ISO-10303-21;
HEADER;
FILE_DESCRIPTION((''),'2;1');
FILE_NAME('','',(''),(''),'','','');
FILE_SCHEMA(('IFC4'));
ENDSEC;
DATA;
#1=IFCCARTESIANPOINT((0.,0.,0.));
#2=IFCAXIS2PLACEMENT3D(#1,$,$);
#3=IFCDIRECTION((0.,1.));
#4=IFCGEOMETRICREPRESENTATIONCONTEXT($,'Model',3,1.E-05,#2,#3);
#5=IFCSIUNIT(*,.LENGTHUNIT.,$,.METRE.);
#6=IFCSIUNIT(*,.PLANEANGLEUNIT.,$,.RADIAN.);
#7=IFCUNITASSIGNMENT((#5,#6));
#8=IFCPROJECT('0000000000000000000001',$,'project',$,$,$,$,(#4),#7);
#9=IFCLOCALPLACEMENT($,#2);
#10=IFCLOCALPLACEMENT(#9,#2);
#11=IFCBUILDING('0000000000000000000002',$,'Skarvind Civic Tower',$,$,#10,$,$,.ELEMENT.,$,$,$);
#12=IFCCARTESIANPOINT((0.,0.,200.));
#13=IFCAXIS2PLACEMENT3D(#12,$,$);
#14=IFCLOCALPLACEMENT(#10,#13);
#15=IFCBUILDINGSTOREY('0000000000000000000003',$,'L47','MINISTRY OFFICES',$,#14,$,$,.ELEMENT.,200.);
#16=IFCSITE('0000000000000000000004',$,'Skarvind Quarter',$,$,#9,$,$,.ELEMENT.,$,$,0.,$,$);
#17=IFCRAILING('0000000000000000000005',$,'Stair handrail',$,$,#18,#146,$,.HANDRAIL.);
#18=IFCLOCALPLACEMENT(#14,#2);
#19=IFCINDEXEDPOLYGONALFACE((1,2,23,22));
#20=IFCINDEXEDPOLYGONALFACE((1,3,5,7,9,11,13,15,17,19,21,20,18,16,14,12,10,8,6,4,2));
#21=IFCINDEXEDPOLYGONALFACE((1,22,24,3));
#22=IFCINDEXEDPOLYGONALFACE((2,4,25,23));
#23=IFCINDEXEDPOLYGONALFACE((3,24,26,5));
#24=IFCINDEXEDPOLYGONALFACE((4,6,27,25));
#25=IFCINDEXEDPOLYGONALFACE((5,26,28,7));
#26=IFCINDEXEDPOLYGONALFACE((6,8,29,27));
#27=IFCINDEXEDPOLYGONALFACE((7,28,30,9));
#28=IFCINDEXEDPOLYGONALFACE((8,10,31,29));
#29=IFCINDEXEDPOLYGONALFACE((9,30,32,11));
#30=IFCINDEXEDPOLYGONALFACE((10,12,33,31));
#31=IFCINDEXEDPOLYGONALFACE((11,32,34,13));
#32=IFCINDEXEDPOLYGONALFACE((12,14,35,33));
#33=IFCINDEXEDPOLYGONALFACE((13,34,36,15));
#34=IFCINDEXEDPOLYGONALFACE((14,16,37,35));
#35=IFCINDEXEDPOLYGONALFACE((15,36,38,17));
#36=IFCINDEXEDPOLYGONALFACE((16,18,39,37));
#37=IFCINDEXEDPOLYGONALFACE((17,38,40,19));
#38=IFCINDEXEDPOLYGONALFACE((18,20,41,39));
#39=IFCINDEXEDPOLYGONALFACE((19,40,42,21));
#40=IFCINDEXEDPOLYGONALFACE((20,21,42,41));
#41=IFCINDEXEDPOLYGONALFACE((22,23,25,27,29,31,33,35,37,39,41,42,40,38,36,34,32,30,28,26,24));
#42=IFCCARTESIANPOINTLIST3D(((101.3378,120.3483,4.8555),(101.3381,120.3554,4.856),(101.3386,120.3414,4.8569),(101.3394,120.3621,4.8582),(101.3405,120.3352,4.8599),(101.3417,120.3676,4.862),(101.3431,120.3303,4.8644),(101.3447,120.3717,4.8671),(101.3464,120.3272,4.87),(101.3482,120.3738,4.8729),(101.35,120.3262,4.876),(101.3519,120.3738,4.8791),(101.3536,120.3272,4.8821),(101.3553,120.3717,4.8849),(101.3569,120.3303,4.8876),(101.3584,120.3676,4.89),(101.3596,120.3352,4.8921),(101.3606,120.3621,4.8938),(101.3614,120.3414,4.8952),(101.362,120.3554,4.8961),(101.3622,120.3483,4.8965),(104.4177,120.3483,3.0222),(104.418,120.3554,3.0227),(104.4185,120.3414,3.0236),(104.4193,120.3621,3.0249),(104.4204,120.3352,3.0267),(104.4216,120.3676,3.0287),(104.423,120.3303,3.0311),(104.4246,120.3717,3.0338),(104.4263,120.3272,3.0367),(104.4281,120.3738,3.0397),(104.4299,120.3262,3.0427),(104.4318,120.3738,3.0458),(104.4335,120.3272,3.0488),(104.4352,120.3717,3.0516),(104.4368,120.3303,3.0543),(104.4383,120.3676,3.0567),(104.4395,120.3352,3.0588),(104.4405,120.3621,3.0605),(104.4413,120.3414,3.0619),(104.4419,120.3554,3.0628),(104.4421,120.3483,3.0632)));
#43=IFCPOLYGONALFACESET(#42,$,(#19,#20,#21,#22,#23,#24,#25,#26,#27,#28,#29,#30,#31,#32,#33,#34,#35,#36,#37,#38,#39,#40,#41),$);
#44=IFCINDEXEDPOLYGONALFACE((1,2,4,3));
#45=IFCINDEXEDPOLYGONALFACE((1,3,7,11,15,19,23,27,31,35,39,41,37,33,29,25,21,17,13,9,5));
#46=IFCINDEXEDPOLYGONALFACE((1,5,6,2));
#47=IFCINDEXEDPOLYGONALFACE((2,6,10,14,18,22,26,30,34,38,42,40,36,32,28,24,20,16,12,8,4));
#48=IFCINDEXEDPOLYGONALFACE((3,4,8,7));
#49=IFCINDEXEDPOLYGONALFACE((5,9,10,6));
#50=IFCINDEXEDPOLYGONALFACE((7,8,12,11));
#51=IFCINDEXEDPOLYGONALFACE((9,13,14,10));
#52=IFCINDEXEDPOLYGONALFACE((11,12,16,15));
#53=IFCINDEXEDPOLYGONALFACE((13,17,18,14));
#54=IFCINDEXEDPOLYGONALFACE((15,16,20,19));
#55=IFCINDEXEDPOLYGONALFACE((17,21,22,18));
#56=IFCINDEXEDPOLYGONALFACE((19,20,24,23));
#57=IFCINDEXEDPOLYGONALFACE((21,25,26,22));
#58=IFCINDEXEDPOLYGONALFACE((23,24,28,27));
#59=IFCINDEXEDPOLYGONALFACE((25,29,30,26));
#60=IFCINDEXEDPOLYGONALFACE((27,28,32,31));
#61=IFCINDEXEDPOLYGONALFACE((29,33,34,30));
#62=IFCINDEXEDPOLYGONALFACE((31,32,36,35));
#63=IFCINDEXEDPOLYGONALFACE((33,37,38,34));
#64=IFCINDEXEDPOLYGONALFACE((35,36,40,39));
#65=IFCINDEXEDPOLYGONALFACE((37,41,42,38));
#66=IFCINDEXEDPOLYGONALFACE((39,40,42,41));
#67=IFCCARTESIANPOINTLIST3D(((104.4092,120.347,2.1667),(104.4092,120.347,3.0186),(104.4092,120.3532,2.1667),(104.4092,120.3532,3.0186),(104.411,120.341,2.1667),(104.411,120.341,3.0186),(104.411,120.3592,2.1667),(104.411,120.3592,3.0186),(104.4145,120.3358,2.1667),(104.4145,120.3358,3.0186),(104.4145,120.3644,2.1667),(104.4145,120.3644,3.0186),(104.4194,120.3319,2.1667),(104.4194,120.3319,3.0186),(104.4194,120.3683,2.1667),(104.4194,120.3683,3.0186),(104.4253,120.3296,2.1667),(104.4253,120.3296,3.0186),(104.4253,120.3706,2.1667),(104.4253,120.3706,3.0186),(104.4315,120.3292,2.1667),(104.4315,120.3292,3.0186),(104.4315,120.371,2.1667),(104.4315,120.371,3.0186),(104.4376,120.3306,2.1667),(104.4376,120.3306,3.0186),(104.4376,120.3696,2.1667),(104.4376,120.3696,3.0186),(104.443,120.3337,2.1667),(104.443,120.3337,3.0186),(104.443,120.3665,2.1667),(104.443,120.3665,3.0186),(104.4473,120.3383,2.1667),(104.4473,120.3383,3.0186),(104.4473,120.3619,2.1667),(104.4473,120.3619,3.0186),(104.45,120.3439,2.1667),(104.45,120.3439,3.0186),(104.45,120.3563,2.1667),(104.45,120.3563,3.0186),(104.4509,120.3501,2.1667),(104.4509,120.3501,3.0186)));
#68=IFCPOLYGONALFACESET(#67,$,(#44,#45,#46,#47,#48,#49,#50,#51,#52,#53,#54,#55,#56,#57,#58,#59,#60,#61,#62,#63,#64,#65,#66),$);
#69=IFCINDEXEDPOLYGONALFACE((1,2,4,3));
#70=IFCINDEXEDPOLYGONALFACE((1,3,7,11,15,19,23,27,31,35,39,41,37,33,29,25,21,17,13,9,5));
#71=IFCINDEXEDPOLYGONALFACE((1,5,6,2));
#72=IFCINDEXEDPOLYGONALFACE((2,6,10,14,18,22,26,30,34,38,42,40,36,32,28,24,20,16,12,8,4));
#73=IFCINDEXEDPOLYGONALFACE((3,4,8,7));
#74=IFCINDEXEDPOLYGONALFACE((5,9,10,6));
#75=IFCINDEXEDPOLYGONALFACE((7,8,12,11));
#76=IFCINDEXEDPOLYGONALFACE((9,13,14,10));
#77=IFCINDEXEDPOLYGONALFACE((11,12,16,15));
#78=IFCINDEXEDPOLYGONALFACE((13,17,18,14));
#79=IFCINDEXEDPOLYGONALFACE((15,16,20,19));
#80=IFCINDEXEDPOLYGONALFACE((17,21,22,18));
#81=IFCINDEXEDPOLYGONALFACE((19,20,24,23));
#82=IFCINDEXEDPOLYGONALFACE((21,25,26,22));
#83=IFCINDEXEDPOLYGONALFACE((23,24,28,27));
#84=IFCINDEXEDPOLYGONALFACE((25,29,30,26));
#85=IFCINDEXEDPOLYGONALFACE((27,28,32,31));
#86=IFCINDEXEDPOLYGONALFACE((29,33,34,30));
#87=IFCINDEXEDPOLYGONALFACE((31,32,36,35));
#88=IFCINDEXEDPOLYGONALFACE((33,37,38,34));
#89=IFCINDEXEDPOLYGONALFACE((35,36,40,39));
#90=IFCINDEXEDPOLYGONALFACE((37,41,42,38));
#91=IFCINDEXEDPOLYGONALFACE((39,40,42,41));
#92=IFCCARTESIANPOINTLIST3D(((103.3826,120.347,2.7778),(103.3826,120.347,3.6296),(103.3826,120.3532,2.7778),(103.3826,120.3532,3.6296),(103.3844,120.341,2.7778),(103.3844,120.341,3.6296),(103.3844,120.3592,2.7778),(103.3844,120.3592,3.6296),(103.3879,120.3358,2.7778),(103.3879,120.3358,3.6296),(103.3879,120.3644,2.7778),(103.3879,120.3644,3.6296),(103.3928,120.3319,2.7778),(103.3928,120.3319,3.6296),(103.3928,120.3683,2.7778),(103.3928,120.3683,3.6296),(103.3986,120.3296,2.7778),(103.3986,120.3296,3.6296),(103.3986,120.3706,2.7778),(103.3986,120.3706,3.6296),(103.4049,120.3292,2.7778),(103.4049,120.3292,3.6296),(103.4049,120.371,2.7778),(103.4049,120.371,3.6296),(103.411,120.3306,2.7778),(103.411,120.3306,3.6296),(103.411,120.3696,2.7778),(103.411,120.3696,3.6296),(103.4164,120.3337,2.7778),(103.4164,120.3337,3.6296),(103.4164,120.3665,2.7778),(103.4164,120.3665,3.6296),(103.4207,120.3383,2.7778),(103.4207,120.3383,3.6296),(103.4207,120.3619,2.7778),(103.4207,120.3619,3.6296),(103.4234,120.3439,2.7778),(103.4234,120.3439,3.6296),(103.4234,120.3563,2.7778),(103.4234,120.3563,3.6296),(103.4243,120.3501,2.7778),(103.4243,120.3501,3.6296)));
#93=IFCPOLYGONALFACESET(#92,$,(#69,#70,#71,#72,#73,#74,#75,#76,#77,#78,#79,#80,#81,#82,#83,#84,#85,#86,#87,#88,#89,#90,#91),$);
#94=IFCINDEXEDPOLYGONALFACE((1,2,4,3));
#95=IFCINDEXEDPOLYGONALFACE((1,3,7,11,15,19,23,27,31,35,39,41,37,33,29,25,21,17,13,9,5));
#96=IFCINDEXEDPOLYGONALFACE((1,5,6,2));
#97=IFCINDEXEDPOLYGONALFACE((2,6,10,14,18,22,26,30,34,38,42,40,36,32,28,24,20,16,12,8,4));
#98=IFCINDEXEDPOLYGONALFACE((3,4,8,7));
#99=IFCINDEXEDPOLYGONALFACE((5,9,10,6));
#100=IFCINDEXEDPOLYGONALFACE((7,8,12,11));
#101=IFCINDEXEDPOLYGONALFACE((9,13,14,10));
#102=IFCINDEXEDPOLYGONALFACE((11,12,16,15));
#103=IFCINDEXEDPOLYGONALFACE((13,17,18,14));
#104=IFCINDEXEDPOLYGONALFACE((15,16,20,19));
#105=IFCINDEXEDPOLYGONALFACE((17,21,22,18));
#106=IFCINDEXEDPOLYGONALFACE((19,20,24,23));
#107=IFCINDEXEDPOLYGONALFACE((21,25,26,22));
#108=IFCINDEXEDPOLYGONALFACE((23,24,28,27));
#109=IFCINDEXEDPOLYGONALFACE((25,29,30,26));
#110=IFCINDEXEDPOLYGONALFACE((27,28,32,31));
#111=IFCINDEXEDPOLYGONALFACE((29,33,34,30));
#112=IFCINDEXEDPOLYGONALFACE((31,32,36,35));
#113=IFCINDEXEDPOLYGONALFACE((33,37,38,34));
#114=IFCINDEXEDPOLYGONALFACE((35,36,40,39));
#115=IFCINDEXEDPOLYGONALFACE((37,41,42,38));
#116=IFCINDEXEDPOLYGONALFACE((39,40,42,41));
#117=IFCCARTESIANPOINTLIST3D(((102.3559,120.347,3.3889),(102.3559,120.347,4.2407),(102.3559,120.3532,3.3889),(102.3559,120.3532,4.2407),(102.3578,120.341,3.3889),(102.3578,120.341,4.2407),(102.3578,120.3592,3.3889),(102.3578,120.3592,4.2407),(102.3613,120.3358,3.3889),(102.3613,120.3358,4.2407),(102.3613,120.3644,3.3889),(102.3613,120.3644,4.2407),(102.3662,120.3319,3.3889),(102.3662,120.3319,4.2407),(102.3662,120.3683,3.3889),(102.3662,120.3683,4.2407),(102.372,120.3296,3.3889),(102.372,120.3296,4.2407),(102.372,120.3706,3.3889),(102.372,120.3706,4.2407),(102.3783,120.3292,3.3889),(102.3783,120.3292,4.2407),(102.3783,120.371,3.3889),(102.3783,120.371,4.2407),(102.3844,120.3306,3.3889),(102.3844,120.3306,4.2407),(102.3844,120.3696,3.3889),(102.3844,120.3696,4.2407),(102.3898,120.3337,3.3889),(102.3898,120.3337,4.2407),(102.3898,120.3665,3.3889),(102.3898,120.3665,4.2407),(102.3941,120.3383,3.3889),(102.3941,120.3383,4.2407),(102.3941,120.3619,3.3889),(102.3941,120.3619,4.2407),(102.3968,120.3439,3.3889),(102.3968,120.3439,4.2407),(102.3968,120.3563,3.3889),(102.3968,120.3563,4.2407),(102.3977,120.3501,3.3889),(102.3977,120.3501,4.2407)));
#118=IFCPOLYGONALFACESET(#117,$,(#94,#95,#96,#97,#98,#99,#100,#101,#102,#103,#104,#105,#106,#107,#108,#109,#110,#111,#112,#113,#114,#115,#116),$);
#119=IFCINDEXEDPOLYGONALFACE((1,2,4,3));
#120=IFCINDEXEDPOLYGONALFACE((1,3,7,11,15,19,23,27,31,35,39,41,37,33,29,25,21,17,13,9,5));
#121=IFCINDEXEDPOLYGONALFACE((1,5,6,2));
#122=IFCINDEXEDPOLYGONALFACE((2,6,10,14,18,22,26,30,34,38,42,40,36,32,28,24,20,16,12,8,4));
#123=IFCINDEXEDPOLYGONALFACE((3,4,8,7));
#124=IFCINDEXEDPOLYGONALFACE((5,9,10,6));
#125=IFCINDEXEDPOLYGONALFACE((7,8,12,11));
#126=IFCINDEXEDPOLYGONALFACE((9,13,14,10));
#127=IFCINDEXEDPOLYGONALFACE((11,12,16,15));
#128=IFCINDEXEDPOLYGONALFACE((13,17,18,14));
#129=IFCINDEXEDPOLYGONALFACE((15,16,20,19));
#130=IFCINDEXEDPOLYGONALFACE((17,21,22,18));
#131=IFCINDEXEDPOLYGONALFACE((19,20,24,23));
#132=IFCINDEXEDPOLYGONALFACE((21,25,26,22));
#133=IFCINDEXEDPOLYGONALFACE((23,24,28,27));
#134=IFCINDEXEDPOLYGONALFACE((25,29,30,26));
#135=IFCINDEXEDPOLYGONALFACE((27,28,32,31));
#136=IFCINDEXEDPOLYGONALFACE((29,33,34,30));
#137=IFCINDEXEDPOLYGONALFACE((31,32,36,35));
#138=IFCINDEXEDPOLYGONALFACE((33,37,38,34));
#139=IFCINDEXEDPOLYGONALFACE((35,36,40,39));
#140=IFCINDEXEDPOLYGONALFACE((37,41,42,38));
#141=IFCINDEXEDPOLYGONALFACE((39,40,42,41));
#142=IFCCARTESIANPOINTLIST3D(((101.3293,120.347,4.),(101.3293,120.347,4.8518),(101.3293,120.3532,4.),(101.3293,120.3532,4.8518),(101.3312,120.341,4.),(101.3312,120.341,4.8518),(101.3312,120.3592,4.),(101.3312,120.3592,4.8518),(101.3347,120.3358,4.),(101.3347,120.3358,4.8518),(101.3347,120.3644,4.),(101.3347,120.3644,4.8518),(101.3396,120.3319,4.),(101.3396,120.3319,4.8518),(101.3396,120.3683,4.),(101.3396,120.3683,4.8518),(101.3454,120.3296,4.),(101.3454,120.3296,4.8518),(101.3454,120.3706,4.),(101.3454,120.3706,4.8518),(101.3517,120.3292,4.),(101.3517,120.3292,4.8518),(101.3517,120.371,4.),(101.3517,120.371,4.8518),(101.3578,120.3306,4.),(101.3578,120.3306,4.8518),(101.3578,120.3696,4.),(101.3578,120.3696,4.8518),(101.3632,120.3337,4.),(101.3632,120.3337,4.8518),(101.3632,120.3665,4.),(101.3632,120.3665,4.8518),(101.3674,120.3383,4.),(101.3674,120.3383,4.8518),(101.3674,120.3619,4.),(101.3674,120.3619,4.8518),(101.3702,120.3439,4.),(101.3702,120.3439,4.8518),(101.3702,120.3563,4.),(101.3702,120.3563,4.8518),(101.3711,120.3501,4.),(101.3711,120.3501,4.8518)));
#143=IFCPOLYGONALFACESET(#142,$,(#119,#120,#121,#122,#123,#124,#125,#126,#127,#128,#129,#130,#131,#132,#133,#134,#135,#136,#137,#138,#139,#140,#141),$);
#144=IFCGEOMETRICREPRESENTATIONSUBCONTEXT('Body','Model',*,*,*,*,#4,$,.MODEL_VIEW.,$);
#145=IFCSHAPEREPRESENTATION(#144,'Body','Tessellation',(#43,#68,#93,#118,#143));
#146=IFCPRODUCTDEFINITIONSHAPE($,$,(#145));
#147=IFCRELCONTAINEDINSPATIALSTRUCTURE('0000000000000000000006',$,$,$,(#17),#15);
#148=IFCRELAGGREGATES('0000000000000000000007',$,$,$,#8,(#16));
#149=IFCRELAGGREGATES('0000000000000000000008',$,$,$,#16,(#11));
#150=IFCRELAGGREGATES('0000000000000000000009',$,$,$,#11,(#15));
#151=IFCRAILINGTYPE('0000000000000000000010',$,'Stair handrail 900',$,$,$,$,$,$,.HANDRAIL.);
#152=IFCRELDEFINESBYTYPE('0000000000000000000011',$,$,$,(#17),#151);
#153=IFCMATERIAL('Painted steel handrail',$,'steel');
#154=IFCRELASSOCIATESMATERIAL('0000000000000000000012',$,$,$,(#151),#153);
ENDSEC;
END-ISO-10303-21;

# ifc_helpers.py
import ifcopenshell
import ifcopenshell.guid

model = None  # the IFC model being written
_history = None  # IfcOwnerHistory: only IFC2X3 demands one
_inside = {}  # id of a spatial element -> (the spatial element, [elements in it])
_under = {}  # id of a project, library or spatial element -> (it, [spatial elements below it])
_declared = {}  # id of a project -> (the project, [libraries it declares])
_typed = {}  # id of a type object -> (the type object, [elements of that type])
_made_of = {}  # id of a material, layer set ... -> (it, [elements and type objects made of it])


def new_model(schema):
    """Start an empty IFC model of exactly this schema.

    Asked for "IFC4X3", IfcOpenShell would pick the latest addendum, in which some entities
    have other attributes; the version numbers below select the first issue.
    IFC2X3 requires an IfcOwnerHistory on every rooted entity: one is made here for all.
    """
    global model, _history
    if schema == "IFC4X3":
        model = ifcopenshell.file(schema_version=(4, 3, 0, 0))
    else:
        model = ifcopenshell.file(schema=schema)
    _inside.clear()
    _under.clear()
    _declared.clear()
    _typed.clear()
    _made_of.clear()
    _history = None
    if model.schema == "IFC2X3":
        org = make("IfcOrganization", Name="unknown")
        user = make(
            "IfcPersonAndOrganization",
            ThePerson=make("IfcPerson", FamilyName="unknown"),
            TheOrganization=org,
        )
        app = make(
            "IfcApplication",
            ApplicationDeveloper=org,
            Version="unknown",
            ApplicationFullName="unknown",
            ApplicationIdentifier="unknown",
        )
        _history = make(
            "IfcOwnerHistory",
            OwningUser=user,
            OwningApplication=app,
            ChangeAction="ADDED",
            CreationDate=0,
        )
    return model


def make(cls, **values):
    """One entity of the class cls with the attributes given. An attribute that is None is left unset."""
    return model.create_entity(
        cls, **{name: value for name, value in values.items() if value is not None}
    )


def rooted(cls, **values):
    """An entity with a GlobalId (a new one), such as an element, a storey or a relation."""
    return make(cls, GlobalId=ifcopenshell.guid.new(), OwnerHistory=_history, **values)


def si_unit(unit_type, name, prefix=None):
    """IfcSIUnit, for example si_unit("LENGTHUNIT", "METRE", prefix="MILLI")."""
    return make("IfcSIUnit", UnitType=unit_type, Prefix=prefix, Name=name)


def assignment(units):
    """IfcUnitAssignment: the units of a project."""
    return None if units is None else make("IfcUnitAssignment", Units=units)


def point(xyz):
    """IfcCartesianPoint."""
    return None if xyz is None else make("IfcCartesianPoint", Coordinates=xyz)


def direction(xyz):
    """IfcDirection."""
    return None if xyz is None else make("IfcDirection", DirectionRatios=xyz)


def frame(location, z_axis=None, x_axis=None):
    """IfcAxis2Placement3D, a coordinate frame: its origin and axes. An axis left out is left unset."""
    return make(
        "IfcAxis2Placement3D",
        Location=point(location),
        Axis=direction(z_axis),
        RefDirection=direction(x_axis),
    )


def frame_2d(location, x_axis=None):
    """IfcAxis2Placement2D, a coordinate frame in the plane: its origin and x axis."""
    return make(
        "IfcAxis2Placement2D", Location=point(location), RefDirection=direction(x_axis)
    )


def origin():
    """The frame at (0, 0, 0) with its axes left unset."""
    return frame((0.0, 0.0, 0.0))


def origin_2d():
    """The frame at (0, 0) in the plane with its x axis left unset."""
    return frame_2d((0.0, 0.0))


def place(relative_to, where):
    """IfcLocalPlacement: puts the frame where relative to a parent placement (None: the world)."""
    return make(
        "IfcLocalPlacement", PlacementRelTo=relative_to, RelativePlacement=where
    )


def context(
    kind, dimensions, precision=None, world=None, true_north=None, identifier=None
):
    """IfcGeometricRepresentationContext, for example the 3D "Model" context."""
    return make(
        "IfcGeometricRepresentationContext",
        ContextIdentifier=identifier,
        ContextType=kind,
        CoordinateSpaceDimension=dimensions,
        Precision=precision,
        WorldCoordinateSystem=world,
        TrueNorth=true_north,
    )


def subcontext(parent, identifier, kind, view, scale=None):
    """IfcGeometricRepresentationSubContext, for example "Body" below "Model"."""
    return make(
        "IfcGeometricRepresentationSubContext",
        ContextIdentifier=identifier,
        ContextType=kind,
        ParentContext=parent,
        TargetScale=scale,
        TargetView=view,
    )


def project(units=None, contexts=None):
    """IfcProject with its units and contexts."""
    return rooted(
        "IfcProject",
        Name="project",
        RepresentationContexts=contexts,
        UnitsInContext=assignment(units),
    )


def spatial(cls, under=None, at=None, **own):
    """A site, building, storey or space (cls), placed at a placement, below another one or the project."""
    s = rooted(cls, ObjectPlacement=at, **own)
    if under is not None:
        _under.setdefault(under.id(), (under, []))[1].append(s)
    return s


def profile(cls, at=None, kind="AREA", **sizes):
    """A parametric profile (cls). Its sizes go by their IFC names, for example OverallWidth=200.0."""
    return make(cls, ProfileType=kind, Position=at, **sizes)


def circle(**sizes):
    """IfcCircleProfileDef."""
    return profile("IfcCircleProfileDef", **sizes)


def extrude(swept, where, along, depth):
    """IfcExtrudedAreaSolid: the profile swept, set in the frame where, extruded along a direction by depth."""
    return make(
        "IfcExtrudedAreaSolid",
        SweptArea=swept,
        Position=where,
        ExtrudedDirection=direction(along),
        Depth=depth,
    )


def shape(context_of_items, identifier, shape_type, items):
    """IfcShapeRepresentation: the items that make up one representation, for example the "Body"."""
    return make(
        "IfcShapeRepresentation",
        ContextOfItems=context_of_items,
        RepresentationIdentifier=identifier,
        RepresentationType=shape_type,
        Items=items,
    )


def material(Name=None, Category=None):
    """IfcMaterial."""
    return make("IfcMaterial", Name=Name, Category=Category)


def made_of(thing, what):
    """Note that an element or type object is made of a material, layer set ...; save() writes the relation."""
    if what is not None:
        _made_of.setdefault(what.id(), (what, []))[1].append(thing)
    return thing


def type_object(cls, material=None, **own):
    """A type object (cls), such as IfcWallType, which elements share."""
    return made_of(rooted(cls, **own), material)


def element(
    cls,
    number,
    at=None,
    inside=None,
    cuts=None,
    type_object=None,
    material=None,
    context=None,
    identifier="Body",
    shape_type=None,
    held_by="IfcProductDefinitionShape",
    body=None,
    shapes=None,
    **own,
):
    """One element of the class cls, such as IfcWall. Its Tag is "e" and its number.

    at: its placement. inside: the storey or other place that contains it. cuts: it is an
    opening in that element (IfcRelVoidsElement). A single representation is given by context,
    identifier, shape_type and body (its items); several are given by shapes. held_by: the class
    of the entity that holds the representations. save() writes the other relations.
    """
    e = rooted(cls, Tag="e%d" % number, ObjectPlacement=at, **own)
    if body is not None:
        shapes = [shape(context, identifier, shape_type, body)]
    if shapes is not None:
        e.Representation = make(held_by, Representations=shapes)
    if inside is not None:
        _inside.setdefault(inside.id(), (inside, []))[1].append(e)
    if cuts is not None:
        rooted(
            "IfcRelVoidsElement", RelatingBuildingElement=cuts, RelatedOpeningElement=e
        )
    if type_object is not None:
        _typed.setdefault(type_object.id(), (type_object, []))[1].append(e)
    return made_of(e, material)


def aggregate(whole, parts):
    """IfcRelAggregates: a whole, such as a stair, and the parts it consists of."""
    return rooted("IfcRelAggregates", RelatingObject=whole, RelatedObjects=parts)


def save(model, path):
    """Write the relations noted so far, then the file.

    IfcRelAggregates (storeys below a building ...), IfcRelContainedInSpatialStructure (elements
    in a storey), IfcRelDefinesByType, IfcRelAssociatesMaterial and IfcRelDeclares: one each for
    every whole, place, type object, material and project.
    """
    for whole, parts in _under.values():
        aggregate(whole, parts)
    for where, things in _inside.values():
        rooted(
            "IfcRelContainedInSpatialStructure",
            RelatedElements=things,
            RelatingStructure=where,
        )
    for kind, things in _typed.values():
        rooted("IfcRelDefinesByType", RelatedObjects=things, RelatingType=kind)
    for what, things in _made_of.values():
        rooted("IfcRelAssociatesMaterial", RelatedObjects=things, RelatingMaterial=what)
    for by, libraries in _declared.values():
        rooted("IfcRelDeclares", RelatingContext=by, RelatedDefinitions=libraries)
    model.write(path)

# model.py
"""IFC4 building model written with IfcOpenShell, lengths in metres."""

from ifc_helpers import new_model, si_unit, direction, frame, origin, origin_2d, place, context, subcontext, project, spatial, circle, extrude, material, type_object, element, save


model = new_model("IFC4")

# Units and contexts
model_context = context("Model", 3, precision=1e-05, world=origin(), true_north=direction((0.0, 1.0)))
body_context = subcontext(model_context, "Body", "Model", "MODEL_VIEW")
ifc_project = project(units=[si_unit("LENGTHUNIT", "METRE"), si_unit("PLANEANGLEUNIT", "RADIAN")], contexts=[model_context])

# Site, building, storey
site_placement = place(None, origin())
site = spatial("IfcSite", under=ifc_project, at=site_placement, Name="Skarvind Quarter", CompositionType="ELEMENT", RefElevation=0.0)
building_placement = place(site_placement, origin())
building = spatial("IfcBuilding", under=site, at=building_placement, Name="Skarvind Civic Tower", CompositionType="ELEMENT")
storey_placement = place(building_placement, frame((0.0, 0.0, 200.0)))
storey = spatial("IfcBuildingStorey", under=building, at=storey_placement, Name="L47", Description="MINISTRY OFFICES", CompositionType="ELEMENT", Elevation=200.0)

# Railing
ifc_material_1 = material(Name="Painted steel handrail", Category="steel")
railing_type = type_object("IfcRailingType", Name="Stair handrail 900", PredefinedType="HANDRAIL", material=ifc_material_1)
railing_1_placement = place(storey_placement, frame((104.4299, 120.3501, 2.1667)))
element("IfcRailing", 1, at=railing_1_placement, inside=storey, type_object=railing_type, Name="Stair handrail", PredefinedType="HANDRAIL", context=body_context, shape_type="SweptSolid", body=[
    extrude(circle(Radius=0.0239, at=origin_2d()), frame((0.0, 0.0, 0.876), z_axis=(-0.859291, 0.0, 0.511487), x_axis=(0.0, -1.0, 0.0)), (0.0, 0.0, 1.0), 3.5842),
    extrude(circle(Radius=0.021, at=origin_2d()), origin(), (0.0, 0.0, 1.0), 0.8518),
    extrude(circle(Radius=0.021, at=origin_2d()), frame((-1.0266, 0.0, 0.6111)), (0.0, 0.0, 1.0), 0.8518),
    extrude(circle(Radius=0.021, at=origin_2d()), frame((-2.0532, 0.0, 1.2222)), (0.0, 0.0, 1.0), 0.8518),
    extrude(circle(Radius=0.021, at=origin_2d()), frame((-3.0798, 0.0, 1.8333)), (0.0, 0.0, 1.0), 0.8518),
])

save(model, "model.ifc")
